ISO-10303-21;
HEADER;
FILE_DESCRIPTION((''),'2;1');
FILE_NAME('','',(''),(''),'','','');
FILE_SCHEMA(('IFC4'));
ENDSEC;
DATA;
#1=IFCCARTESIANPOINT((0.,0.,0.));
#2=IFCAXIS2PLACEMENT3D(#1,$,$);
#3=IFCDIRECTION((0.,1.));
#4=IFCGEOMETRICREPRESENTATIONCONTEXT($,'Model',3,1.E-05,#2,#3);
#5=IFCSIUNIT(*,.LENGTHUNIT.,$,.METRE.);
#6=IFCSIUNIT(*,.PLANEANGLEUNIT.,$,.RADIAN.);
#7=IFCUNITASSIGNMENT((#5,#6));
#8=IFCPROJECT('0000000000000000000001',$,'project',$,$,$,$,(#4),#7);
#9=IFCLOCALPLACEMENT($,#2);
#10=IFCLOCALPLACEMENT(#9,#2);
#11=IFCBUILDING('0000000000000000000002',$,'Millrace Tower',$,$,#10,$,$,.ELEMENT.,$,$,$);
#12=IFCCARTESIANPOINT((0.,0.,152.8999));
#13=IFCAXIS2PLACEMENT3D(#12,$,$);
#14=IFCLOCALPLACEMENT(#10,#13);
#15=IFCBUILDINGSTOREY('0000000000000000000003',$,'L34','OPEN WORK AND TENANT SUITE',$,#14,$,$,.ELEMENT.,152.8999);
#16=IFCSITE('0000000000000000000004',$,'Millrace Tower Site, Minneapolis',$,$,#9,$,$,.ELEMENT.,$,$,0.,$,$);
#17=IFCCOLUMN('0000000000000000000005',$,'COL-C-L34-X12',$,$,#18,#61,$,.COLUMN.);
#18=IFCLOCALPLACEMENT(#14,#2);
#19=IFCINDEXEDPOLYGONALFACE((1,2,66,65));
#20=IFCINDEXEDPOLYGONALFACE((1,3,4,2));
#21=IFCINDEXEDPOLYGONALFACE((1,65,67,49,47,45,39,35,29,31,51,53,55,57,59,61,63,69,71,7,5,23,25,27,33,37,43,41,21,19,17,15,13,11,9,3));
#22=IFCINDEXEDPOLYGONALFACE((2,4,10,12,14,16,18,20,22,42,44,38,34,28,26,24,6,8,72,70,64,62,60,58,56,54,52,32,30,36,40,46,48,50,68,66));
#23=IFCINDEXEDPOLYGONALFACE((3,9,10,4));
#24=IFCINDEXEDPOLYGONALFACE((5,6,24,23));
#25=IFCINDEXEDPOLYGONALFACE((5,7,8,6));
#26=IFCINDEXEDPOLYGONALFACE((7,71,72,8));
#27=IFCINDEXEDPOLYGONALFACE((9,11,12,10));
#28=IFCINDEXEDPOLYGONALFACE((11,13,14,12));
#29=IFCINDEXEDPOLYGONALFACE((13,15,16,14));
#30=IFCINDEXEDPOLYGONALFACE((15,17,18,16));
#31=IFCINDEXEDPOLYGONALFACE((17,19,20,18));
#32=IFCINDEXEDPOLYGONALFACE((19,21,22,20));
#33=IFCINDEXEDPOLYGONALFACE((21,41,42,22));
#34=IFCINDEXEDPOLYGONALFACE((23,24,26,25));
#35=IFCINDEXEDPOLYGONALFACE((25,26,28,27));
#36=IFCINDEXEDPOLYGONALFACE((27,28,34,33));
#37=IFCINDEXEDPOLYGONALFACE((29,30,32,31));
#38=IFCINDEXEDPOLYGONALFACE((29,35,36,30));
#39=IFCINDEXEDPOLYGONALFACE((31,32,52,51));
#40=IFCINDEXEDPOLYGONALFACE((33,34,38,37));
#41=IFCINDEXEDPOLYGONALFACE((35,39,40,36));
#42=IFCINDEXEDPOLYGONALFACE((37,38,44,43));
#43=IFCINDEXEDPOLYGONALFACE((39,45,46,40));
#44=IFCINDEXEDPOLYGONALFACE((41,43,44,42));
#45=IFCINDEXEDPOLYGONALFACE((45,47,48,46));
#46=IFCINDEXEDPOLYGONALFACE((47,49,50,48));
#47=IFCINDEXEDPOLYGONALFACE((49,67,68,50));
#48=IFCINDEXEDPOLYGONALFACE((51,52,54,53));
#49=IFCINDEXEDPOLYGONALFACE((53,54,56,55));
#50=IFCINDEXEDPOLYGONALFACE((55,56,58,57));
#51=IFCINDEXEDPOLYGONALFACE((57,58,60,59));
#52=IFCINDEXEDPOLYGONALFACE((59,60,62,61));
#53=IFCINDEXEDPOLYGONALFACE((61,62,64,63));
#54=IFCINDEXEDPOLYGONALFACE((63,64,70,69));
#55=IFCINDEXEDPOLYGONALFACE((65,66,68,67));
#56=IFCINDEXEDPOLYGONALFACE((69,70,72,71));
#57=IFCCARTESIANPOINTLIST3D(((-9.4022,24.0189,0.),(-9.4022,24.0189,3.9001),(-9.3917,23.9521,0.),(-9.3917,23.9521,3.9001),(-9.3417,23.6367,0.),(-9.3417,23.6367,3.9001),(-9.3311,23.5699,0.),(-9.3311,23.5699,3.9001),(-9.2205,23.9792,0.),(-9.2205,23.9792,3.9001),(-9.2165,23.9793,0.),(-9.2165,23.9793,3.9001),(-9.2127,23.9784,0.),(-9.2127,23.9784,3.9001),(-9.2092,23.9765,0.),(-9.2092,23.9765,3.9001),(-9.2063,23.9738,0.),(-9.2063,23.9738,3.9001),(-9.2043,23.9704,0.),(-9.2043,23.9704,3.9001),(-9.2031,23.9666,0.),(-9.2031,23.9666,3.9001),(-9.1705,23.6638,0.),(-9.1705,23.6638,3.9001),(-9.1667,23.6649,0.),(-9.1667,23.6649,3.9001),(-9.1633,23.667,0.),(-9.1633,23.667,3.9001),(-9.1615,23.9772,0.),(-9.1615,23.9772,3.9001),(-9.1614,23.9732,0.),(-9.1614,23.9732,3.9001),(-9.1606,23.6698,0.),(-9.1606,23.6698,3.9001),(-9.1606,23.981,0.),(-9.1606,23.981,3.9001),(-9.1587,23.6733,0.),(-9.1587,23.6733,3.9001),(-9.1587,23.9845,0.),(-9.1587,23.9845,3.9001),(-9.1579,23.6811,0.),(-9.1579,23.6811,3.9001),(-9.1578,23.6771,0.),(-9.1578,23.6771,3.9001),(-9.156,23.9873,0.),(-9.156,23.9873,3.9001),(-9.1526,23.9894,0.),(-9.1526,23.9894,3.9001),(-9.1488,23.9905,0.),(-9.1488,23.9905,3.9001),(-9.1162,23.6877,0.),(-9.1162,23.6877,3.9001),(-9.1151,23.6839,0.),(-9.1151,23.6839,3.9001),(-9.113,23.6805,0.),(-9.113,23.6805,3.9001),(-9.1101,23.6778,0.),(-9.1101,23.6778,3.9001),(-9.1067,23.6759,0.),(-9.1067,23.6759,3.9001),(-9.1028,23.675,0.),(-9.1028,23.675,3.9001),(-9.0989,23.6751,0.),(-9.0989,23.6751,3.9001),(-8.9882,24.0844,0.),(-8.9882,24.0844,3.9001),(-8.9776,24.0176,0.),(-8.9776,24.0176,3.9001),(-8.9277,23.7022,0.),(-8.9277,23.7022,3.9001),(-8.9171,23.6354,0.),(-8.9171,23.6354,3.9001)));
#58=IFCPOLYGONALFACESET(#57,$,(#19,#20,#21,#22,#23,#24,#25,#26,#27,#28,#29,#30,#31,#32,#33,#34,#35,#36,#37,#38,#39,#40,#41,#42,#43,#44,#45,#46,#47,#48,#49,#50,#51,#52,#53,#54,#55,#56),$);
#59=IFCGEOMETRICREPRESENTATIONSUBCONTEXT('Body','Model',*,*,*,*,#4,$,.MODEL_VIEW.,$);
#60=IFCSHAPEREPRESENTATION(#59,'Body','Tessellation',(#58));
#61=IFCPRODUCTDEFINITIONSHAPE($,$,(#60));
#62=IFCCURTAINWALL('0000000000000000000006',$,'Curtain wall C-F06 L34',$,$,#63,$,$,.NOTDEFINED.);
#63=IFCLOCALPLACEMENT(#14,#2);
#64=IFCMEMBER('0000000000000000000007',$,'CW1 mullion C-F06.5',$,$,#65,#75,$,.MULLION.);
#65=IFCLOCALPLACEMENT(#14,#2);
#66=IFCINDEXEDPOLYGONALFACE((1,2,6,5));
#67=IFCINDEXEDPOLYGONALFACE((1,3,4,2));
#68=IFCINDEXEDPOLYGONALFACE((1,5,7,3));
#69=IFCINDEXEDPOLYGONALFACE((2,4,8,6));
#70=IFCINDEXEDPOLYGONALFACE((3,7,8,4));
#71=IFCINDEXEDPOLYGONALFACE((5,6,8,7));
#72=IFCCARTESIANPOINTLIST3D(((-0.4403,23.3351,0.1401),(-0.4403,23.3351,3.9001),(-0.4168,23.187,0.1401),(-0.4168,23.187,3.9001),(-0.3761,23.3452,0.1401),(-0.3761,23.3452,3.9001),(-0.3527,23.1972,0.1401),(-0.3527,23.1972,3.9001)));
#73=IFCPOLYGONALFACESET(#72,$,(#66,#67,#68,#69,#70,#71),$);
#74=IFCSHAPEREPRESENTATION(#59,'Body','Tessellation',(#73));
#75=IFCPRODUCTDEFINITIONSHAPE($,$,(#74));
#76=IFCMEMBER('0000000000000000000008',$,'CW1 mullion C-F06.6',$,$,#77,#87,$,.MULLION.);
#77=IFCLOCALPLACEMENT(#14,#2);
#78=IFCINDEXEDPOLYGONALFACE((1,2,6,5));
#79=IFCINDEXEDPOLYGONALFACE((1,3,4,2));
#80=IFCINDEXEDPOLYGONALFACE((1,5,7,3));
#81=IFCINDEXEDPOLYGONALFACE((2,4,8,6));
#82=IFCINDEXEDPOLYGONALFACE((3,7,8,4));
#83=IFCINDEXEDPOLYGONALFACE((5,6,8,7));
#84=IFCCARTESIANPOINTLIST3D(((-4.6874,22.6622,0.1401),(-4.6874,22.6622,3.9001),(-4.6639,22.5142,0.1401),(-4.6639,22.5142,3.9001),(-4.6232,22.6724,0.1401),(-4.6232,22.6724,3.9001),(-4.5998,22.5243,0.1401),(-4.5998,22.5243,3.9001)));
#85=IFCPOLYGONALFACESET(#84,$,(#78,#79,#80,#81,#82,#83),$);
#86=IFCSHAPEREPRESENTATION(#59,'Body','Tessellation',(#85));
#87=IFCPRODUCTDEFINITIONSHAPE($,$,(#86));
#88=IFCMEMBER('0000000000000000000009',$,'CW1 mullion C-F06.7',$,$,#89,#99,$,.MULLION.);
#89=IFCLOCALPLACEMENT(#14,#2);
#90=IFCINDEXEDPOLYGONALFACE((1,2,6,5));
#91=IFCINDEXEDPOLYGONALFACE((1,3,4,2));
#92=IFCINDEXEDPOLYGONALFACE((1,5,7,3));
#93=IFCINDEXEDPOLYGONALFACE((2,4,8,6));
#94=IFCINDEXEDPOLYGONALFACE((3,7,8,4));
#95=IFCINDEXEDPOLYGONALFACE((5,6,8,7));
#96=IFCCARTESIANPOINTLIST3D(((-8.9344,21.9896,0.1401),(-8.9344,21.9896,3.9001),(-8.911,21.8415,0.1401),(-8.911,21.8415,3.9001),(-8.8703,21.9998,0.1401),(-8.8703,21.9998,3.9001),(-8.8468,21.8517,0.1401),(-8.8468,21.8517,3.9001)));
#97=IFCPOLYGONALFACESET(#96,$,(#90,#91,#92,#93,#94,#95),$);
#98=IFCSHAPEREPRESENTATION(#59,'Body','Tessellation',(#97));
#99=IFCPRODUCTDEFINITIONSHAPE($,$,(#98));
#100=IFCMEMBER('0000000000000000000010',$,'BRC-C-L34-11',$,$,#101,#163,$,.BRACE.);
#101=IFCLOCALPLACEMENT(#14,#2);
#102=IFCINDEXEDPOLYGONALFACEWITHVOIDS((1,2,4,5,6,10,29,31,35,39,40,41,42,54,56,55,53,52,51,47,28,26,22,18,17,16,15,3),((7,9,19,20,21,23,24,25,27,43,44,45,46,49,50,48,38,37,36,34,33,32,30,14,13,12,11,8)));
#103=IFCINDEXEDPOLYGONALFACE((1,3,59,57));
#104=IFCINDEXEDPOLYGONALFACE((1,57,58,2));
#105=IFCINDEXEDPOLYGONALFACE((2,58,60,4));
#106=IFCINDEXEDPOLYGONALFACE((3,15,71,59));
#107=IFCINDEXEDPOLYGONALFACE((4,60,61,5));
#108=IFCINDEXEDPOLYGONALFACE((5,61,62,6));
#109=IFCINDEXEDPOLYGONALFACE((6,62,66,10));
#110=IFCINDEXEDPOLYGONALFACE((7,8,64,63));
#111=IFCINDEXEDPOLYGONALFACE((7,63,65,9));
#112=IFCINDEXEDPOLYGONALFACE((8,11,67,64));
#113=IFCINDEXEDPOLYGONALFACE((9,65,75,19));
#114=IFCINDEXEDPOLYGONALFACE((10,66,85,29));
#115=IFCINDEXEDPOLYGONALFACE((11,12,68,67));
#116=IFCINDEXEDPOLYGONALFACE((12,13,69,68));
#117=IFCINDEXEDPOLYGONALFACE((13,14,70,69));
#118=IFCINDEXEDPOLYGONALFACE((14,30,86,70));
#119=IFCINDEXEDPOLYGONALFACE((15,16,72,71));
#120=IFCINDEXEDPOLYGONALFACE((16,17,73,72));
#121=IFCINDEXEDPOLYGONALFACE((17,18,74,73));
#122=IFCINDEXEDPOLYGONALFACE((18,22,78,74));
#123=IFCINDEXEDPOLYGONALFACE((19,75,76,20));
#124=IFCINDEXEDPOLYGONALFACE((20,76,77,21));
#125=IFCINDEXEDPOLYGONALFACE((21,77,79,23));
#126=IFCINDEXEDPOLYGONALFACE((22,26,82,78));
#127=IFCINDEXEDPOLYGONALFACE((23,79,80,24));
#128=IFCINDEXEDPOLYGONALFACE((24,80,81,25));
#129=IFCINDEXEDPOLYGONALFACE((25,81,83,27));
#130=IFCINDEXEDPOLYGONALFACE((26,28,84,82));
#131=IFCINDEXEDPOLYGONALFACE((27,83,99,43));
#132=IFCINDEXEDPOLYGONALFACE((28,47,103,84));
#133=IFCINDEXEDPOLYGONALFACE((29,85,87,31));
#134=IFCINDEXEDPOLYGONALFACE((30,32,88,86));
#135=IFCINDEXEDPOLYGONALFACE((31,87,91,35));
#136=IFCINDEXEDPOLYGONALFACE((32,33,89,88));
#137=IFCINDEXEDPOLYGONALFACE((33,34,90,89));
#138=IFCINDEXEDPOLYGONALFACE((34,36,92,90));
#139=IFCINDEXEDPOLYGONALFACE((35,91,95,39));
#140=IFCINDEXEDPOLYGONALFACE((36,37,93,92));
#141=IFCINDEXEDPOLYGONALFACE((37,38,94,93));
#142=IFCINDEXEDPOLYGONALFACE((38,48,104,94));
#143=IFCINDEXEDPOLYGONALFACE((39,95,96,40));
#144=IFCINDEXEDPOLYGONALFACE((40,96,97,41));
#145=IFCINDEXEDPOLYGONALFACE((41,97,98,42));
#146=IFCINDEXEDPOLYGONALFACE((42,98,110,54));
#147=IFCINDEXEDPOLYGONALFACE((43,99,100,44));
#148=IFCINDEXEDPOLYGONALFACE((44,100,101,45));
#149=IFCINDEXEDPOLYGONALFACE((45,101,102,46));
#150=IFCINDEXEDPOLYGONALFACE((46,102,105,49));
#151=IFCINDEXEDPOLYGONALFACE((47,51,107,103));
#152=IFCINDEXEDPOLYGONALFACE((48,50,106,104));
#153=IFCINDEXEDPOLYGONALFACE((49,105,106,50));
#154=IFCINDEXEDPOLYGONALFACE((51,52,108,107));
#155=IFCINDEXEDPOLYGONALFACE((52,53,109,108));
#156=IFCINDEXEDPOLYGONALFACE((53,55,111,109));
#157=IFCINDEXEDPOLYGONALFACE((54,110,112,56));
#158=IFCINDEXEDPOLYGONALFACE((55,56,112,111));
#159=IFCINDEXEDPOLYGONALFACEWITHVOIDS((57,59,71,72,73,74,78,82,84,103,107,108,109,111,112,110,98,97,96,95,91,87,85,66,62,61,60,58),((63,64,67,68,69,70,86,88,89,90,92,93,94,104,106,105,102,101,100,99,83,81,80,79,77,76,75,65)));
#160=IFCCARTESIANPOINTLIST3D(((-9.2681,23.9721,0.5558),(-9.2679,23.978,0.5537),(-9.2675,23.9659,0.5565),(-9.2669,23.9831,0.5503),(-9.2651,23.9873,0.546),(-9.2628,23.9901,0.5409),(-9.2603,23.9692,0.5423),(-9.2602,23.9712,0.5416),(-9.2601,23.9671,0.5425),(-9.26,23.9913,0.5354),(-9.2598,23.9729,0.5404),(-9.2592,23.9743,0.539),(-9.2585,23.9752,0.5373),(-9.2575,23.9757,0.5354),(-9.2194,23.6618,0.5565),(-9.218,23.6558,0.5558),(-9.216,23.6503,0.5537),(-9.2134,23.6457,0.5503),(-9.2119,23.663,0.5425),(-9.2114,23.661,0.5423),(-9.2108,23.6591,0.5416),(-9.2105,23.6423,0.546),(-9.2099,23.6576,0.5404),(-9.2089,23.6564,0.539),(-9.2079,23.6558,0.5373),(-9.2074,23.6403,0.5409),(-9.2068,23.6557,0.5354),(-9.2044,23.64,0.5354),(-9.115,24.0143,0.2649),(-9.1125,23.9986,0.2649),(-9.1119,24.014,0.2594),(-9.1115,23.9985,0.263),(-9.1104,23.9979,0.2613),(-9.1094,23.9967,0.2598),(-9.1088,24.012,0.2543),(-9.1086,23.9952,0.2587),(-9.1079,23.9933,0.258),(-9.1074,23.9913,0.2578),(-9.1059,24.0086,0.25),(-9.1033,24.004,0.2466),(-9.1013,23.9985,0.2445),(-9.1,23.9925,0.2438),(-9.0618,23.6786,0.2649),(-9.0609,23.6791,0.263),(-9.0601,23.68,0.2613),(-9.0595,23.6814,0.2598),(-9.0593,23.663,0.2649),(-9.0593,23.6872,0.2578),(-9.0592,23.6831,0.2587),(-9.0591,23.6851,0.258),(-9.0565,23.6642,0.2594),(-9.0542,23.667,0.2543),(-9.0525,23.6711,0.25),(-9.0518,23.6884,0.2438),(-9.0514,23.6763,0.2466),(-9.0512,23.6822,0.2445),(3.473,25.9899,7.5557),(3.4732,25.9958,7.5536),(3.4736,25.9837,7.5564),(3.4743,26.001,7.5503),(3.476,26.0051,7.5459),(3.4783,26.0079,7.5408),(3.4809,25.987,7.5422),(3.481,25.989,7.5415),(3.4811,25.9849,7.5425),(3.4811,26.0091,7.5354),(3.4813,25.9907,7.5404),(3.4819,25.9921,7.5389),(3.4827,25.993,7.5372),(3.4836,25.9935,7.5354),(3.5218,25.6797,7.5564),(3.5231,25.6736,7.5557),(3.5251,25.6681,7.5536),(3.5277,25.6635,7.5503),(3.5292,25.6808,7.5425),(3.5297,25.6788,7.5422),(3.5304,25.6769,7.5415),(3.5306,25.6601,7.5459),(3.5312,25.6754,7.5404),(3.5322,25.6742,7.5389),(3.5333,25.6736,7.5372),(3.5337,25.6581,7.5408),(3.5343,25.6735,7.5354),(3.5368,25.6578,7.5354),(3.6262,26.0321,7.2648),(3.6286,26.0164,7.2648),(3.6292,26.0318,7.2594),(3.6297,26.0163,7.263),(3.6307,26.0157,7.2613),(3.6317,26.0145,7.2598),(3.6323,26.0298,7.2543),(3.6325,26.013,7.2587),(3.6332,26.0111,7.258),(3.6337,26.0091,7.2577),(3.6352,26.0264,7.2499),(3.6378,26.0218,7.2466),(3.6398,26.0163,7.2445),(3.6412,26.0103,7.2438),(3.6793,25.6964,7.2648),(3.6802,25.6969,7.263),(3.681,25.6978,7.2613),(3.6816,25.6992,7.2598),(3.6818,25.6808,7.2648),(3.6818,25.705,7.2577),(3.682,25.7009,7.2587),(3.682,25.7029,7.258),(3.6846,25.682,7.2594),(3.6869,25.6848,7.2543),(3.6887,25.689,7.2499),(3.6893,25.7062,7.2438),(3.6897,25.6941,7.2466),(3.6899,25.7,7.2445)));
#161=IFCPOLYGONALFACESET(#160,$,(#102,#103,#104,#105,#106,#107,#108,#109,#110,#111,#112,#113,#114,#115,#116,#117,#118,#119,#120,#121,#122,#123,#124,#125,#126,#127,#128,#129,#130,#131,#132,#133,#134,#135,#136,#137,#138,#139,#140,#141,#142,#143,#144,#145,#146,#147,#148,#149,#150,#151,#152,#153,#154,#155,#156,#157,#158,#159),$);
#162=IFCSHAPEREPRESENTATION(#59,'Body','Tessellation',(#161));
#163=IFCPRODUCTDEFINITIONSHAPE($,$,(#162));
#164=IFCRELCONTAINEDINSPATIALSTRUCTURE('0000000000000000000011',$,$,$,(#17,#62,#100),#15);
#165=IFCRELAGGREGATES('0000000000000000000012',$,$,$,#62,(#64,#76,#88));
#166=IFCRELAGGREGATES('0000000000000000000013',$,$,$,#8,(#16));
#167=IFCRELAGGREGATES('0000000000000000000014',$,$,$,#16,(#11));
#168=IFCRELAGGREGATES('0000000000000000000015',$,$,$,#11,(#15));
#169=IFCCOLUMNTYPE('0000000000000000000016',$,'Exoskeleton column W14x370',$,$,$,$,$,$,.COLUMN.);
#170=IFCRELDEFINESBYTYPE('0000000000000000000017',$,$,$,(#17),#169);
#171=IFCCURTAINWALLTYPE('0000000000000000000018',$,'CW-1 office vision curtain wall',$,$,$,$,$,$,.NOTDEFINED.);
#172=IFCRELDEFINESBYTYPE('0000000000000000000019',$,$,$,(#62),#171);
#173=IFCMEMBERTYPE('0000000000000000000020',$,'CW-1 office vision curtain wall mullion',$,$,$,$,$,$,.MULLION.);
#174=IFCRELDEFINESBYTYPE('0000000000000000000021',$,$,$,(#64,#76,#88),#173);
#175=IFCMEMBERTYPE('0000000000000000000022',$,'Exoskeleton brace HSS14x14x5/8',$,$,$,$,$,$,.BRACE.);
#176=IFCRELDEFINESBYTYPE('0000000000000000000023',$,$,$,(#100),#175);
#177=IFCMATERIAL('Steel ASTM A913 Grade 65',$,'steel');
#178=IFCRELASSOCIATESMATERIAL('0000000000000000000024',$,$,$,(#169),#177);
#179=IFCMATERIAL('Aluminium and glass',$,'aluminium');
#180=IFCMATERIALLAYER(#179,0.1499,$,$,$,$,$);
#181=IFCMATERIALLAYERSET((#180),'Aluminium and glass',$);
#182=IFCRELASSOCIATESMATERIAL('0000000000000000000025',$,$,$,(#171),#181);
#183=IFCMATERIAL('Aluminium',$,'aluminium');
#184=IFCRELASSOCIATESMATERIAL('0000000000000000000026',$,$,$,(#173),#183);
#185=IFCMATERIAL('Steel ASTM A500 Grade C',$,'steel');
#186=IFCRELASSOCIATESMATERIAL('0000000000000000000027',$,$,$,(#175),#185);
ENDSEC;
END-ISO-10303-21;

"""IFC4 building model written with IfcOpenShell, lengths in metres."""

from ifc_helpers import new_model, si_unit, direction, frame, origin, origin_2d, place, context, subcontext, project, spatial, rectangle, hollow_rectangle, i_section, extrude, material, layer, layer_set, material_profile, profile_set, type_object, element, aggregate, save


model = new_model("IFC4")

# Units and contexts
model_context = context("Model", 3, precision=1e-05, world=origin(), true_north=direction((0.0, 1.0)))
body_context = subcontext(model_context, "Body", "Model", "MODEL_VIEW")
ifc_project = project(units=[si_unit("LENGTHUNIT", "METRE"), si_unit("PLANEANGLEUNIT", "RADIAN")], contexts=[model_context])

# Site, building, storey
site_placement = place(None, origin())
site = spatial("IfcSite", under=ifc_project, at=site_placement, Name="Millrace Tower Site, Minneapolis", CompositionType="ELEMENT", RefElevation=0.0)
building_placement = place(site_placement, origin())
building = spatial("IfcBuilding", under=site, at=building_placement, Name="Millrace Tower", CompositionType="ELEMENT")
storey_placement = place(building_placement, frame((0.0, 0.0, 152.8999)))
storey = spatial("IfcBuildingStorey", under=building, at=storey_placement, Name="L34", Description="OPEN WORK AND TENANT SUITE", CompositionType="ELEMENT", Elevation=152.8999)

# Column
ifc_material_1 = material(Name="Steel ASTM A913 Grade 65", Category="steel")
ifc_material_profile_1 = material_profile(ifc_material_1, i_section(OverallWidth=0.4192, OverallDepth=0.4546, WebThickness=0.0422, FlangeThickness=0.0676, FilletRadius=0.0151, at=origin_2d()))
ifc_profile_set_1 = profile_set([ifc_material_profile_1], Name="Steel ASTM A913 Grade 65")
column_type = type_object("IfcColumnType", Name="Exoskeleton column W14x370", PredefinedType="COLUMN", material=ifc_profile_set_1)
column_placement = place(storey_placement, frame((-9.1597, 23.8271, 0.0), z_axis=(0.0, 0.0, 1.0), x_axis=(-0.987688, -0.156434, 0.0)))
element("IfcColumn", 1, at=column_placement, inside=storey, type_object=column_type, Name="COL-C-L34-X12", PredefinedType="COLUMN", context=body_context, shape_type="SweptSolid", body=[
    extrude(i_section(OverallWidth=0.4192, OverallDepth=0.4546, WebThickness=0.0422, FlangeThickness=0.0676, FilletRadius=0.0151, at=origin_2d()), origin(), (0.0, 0.0, 1.0), 3.9001),
])

# Curtain wall, members
ifc_material_2 = material(Name="Aluminium and glass", Category="aluminium")
ifc_layer_1 = layer(ifc_material_2, 0.1499)
ifc_layer_set_1 = layer_set([ifc_layer_1], Name="Aluminium and glass")
curtain_wall_type = type_object("IfcCurtainWallType", Name="CW-1 office vision curtain wall", PredefinedType="NOTDEFINED", material=ifc_layer_set_1)
placement = place(storey_placement, origin())
curtain_wall = element("IfcCurtainWall", 2, at=placement, inside=storey, type_object=curtain_wall_type, Name="Curtain wall C-F06 L34", PredefinedType="NOTDEFINED")
ifc_material_3 = material(Name="Aluminium", Category="aluminium")
ifc_material_profile_2 = material_profile(ifc_material_3, rectangle(XDim=0.0649, YDim=0.1499, at=origin_2d()))
ifc_profile_set_2 = profile_set([ifc_material_profile_2], Name="Aluminium")
member_type_1 = type_object("IfcMemberType", Name="CW-1 office vision curtain wall mullion", PredefinedType="MULLION", material=ifc_profile_set_2)
member_1_placement = place(storey_placement, frame((-0.3965, 23.2661, 0.1401), z_axis=(0.0, 0.0, 1.0), x_axis=(-0.987688, -0.156434, 0.0)))
member_1 = element("IfcMember", 3, at=member_1_placement, type_object=member_type_1, Name="CW1 mullion C-F06.5", PredefinedType="MULLION", context=body_context, shape_type="SweptSolid", body=[
    extrude(rectangle(XDim=0.0649, YDim=0.1499, at=origin_2d()), origin(), (0.0, 0.0, 1.0), 3.76),
])
member_2_placement = place(storey_placement, frame((-4.6436, 22.5933, 0.1401), z_axis=(0.0, 0.0, 1.0), x_axis=(-0.987688, -0.156434, 0.0)))
member_2 = element("IfcMember", 4, at=member_2_placement, type_object=member_type_1, Name="CW1 mullion C-F06.6", PredefinedType="MULLION", context=body_context, shape_type="SweptSolid", body=[
    extrude(rectangle(XDim=0.0649, YDim=0.1499, at=origin_2d()), origin(), (0.0, 0.0, 1.0), 3.76),
])
member_3_placement = place(storey_placement, frame((-8.8906, 21.9207, 0.1401), z_axis=(0.0, 0.0, 1.0), x_axis=(-0.987688, -0.156434, 0.0)))
member_3 = element("IfcMember", 5, at=member_3_placement, type_object=member_type_1, Name="CW1 mullion C-F06.7", PredefinedType="MULLION", context=body_context, shape_type="SweptSolid", body=[
    extrude(rectangle(XDim=0.0649, YDim=0.1499, at=origin_2d()), origin(), (0.0, 0.0, 1.0), 3.76),
])
aggregate(curtain_wall, [member_1, member_2, member_3])

# Member
ifc_material_4 = material(Name="Steel ASTM A500 Grade C", Category="steel")
ifc_material_profile_3 = material_profile(ifc_material_4, hollow_rectangle(XDim=0.3557, YDim=0.3557, WallThickness=0.0159, InnerFilletRadius=0.0081, OuterFilletRadius=0.0239, at=origin_2d()))
ifc_profile_set_3 = profile_set([ifc_material_profile_3], Name="Steel ASTM A500 Grade C")
member_type_2 = type_object("IfcMemberType", Name="Exoskeleton brace HSS14x14x5/8", PredefinedType="BRACE", material=ifc_profile_set_3)
member_4_placement = place(storey_placement, frame((-9.1597, 23.8271, 0.4001), z_axis=(0.868116, 0.137483, 0.476941), x_axis=(-0.15642, 0.987691, 0.0)))
element("IfcMember", 6, at=member_4_placement, inside=storey, type_object=member_type_2, Name="BRC-C-L34-11", PredefinedType="BRACE", context=body_context, shape_type="SweptSolid", body=[
    extrude(hollow_rectangle(XDim=0.3557, YDim=0.3557, WallThickness=0.0159, InnerFilletRadius=0.0081, OuterFilletRadius=0.0239, at=origin_2d()), origin(), (0.0, 0.0, 1.0), 14.6768),
])

save(model, "model.ifc")
